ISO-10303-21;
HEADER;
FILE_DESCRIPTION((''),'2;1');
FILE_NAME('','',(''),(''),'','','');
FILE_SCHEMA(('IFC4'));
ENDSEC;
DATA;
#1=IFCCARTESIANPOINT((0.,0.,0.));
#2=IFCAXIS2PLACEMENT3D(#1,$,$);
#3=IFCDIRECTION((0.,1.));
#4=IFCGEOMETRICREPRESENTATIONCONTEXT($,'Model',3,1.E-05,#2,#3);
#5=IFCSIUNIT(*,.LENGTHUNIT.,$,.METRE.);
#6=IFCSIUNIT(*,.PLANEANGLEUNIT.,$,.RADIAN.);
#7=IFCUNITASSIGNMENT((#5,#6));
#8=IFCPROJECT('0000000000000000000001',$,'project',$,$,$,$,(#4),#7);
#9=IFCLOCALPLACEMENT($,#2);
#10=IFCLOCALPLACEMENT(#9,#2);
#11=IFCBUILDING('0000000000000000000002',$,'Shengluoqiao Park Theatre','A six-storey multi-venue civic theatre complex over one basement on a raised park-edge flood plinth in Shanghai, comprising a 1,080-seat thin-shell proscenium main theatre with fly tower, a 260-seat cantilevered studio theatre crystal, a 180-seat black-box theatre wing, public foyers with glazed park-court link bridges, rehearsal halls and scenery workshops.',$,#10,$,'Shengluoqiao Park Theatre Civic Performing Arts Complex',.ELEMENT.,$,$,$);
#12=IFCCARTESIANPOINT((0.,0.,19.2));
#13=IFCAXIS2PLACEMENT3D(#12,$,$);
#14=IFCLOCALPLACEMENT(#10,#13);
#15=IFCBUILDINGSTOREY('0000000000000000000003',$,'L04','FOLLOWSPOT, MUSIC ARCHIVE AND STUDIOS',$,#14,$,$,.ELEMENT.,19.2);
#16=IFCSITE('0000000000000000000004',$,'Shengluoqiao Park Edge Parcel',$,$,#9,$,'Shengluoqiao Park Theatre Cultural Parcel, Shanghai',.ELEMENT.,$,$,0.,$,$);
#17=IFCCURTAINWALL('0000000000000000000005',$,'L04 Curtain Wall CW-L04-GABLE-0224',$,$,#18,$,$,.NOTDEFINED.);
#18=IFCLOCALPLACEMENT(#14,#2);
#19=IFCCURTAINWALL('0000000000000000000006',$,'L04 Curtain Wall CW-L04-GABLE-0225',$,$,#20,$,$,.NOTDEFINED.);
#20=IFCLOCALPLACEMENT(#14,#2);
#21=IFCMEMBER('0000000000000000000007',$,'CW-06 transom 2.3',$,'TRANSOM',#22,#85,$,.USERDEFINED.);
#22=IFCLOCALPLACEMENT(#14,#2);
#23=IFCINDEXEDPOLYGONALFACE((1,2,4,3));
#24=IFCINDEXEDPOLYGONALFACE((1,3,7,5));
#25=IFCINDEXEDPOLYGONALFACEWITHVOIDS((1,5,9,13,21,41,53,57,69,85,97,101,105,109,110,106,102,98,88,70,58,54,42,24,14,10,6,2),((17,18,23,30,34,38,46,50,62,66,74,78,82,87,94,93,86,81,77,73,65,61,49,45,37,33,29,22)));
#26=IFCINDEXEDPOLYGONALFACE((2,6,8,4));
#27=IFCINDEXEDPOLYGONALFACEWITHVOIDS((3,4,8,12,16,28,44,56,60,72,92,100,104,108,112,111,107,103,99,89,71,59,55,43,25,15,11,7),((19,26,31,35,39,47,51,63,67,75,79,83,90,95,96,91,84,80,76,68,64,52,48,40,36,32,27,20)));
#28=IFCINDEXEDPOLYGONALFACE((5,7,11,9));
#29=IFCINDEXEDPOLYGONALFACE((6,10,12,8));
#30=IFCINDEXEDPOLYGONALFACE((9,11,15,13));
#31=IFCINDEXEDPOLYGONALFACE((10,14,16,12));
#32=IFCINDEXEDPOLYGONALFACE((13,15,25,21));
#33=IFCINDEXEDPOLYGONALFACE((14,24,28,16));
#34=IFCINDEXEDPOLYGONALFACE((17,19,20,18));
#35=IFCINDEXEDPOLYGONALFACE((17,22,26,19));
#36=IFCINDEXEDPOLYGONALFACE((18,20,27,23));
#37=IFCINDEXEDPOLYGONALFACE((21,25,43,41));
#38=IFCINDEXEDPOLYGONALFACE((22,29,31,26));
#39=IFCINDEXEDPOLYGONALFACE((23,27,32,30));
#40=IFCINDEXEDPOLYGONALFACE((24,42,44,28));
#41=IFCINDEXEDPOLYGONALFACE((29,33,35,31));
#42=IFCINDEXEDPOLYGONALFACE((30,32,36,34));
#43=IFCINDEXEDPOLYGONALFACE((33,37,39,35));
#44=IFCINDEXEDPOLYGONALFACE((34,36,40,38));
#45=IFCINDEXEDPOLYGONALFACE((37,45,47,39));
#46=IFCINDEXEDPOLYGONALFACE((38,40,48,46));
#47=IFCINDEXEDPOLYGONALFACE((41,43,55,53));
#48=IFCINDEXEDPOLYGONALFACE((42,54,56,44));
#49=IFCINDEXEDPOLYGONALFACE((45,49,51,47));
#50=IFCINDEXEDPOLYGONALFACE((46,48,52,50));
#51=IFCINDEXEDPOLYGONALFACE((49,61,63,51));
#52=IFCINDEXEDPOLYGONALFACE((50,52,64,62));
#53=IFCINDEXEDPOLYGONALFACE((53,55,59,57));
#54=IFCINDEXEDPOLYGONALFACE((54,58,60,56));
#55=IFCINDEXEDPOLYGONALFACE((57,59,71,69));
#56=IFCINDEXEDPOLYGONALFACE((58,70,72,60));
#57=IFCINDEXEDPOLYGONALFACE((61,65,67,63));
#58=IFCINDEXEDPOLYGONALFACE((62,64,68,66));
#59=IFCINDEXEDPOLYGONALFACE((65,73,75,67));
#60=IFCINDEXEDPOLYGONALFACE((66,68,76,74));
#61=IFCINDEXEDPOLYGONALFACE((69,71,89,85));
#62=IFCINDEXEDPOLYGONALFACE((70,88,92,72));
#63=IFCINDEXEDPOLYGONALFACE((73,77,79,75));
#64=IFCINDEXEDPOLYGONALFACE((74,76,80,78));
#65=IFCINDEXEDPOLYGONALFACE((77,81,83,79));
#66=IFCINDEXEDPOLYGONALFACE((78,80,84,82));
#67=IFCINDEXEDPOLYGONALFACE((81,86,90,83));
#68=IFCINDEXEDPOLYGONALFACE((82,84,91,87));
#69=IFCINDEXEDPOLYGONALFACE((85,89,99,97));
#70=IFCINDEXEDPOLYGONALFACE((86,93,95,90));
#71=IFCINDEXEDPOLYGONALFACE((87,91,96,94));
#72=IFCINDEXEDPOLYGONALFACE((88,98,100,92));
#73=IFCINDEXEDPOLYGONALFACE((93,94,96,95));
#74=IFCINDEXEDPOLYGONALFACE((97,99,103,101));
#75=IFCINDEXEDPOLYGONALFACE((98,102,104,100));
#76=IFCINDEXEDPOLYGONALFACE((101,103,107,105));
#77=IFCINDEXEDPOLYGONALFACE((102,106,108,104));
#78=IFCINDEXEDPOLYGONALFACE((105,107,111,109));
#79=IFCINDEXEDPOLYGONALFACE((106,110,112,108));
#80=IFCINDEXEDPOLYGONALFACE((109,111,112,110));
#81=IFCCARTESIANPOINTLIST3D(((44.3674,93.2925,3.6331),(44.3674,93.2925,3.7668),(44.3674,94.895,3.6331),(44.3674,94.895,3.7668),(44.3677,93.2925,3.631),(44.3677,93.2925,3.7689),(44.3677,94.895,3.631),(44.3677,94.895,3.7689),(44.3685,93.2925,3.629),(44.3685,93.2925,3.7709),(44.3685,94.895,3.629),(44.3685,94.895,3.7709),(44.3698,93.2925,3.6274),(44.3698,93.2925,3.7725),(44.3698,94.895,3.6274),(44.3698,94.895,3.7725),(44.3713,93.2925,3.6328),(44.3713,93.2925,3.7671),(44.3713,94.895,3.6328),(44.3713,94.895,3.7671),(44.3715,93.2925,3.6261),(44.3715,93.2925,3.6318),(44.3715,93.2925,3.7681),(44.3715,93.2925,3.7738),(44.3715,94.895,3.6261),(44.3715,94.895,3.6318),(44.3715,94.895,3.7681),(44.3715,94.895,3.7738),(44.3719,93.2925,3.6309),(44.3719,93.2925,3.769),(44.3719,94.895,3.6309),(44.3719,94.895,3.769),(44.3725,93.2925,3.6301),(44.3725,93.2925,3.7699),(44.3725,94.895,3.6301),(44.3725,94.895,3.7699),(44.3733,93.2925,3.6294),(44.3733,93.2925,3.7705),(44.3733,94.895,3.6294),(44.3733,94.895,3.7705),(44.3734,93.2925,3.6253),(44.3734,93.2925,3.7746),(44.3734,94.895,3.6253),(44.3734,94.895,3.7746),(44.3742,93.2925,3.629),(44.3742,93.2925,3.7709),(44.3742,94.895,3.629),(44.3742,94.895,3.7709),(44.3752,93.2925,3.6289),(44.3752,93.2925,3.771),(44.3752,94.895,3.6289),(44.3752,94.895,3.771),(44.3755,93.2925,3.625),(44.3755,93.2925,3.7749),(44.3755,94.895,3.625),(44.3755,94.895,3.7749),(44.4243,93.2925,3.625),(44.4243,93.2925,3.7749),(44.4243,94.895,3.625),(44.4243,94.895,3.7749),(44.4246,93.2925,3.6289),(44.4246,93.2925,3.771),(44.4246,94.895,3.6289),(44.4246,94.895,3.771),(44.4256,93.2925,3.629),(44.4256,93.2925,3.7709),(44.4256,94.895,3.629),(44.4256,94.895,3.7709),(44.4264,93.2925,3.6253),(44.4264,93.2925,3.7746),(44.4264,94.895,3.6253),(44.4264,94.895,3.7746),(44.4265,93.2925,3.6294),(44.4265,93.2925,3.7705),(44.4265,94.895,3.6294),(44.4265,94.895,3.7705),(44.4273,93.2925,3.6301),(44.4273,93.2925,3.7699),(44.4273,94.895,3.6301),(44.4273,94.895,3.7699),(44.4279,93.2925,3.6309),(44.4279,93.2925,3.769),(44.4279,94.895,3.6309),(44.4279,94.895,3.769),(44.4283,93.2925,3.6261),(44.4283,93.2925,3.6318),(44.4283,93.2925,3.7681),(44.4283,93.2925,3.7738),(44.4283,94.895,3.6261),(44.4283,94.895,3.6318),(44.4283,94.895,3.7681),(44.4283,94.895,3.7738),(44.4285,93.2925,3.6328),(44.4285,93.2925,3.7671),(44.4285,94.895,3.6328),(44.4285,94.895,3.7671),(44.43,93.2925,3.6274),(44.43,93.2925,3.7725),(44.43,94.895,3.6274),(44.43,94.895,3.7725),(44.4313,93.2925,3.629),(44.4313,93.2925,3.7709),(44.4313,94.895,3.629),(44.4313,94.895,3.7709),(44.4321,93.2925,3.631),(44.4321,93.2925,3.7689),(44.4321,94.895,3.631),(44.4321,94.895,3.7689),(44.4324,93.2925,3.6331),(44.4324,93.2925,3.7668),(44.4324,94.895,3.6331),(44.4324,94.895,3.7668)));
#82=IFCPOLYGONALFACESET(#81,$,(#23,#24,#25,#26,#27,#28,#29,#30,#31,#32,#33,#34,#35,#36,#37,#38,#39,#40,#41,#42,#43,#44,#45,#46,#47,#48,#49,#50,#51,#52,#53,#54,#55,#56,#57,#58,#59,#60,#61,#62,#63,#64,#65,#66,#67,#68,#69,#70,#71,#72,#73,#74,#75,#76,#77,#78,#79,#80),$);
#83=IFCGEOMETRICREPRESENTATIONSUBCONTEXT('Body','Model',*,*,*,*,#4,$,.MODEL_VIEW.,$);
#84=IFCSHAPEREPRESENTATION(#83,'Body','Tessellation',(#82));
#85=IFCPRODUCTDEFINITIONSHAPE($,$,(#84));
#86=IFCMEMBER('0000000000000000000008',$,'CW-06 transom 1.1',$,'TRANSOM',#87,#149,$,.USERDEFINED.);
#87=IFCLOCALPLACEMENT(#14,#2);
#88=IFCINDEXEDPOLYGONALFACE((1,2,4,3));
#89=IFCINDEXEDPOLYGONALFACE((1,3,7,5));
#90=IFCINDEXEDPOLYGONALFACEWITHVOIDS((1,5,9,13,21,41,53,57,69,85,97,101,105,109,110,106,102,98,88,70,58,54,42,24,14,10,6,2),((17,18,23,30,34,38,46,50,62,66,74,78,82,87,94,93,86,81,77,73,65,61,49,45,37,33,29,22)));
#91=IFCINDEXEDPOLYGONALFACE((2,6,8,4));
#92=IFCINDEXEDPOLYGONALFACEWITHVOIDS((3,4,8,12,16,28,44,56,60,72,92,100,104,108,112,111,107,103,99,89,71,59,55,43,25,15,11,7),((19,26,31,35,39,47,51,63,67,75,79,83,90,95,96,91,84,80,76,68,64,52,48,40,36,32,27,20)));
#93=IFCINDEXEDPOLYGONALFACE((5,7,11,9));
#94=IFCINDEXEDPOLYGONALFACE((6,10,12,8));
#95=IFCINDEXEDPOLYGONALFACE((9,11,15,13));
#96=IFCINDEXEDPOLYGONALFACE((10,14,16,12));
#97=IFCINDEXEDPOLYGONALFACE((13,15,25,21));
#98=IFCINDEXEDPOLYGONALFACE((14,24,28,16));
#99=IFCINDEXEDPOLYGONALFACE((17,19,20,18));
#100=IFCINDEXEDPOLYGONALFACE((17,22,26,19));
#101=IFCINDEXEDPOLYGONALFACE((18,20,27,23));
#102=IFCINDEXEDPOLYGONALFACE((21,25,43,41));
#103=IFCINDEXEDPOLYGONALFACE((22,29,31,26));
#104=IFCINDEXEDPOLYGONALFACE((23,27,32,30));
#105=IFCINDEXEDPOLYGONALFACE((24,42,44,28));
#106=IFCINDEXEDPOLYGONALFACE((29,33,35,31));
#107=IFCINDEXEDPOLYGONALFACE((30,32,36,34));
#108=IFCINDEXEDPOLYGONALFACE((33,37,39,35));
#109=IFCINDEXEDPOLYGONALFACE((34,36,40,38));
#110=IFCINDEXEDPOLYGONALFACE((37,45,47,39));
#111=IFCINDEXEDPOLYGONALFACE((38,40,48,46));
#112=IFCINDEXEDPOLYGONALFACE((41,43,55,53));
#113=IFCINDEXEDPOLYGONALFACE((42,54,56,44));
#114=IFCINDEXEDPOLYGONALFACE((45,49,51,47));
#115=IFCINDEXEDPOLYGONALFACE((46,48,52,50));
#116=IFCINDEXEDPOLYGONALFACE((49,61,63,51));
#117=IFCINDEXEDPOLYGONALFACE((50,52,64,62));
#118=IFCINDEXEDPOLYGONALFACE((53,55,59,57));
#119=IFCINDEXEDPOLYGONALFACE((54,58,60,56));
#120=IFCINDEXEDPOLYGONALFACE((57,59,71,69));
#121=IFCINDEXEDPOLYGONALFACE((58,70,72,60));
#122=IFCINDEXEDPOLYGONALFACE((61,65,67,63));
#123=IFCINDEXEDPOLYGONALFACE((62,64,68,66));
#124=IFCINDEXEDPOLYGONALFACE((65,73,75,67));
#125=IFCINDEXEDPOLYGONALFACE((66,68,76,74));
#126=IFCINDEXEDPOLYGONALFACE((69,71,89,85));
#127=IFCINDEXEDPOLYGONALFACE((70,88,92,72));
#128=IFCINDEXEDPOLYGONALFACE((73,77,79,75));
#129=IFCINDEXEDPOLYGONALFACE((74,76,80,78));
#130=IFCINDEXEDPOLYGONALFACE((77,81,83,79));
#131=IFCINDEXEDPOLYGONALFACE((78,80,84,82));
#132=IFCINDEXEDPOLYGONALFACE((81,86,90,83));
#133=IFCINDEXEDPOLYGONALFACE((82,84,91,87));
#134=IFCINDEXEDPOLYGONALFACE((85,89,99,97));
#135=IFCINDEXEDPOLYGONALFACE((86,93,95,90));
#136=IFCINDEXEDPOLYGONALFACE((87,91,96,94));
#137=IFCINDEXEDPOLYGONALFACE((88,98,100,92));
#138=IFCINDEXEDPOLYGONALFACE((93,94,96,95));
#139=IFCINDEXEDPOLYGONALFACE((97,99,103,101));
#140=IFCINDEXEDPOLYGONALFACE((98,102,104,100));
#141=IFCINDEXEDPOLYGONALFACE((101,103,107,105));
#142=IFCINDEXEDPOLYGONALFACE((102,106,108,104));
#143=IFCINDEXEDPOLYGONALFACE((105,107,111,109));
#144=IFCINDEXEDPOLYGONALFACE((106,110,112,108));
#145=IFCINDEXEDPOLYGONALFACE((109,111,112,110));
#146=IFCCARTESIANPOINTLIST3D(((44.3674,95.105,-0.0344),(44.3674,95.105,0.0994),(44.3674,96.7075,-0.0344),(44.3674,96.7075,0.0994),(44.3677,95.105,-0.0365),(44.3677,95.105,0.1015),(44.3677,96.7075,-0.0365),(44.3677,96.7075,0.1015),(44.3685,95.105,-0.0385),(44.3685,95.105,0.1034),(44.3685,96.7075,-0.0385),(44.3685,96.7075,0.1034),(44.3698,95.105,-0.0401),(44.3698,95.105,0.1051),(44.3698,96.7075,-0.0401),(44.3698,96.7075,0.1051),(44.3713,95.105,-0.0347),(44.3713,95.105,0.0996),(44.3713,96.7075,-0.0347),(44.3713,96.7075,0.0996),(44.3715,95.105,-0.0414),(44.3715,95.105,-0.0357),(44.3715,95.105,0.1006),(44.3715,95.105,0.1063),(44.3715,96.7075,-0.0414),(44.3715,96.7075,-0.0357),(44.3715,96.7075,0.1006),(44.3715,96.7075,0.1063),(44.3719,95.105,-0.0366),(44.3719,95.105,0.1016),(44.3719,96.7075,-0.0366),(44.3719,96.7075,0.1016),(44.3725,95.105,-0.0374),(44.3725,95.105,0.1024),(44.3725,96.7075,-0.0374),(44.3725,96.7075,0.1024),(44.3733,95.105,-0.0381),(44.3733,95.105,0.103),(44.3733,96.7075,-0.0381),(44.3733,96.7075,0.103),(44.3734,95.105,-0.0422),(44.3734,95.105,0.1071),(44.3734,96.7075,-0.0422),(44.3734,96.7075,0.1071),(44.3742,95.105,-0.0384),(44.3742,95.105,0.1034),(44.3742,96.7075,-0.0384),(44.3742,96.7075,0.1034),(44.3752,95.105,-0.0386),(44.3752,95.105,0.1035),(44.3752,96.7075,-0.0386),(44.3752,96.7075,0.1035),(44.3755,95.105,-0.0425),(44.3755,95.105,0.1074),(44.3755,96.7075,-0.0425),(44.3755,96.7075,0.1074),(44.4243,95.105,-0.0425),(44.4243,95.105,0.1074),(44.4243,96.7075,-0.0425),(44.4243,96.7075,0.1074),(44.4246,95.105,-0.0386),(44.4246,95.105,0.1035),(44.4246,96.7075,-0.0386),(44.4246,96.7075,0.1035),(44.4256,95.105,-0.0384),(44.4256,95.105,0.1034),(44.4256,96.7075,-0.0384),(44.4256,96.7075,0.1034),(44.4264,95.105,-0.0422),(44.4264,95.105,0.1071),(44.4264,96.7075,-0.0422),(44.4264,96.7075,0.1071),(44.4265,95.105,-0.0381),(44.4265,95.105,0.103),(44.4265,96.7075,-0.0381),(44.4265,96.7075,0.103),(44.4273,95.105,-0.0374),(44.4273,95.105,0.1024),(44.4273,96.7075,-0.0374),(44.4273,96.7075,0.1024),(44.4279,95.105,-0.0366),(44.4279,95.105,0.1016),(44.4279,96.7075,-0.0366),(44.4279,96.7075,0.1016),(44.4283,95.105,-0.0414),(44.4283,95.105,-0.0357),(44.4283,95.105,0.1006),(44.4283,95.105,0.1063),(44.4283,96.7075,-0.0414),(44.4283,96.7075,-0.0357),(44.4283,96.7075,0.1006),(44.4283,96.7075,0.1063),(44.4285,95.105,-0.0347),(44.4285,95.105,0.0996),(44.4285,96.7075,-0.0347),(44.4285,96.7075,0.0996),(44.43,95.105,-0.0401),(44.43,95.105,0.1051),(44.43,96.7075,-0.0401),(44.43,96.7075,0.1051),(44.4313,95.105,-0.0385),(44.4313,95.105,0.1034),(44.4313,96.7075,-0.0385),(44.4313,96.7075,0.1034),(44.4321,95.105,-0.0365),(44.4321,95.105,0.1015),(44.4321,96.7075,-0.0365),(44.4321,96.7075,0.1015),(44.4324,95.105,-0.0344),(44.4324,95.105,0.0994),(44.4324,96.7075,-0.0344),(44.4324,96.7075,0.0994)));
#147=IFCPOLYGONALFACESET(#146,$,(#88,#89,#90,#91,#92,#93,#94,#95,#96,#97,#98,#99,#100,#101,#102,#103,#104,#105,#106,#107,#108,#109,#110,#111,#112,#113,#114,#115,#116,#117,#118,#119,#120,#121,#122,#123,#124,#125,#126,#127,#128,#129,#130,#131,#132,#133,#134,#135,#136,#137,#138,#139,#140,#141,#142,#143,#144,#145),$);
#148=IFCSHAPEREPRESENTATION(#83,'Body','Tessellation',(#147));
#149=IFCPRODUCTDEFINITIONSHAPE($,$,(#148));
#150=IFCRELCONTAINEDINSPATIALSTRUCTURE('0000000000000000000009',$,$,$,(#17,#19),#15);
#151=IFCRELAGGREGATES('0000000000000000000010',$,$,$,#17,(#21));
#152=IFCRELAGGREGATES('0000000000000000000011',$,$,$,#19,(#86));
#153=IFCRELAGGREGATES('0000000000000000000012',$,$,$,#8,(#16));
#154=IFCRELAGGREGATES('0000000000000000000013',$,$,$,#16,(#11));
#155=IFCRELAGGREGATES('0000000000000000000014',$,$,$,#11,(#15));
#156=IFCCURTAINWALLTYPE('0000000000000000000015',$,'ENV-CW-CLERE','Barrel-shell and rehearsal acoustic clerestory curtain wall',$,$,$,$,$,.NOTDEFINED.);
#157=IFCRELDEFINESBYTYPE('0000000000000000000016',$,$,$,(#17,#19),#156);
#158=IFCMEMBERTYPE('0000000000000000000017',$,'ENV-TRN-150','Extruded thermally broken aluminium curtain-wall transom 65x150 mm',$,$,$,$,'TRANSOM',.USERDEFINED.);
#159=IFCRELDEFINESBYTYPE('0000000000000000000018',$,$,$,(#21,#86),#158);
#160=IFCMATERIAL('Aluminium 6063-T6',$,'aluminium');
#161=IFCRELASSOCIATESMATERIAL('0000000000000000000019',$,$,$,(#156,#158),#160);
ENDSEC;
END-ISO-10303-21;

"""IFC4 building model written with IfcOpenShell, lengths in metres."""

from ifc_helpers import new_model, si_unit, direction, frame, origin, origin_2d, place, context, subcontext, project, spatial, hollow_rectangle, extrude, material, material_profile, profile_set, type_object, element, aggregate, save


model = new_model("IFC4")

# Units and contexts
model_context = context("Model", 3, precision=1e-05, world=origin(), true_north=direction((0.0, 1.0)))
body_context = subcontext(model_context, "Body", "Model", "MODEL_VIEW")
ifc_project = project(units=[si_unit("LENGTHUNIT", "METRE"), si_unit("PLANEANGLEUNIT", "RADIAN")], contexts=[model_context])

# Site, building, storey
site_placement = place(None, origin())
site = spatial("IfcSite", under=ifc_project, at=site_placement, Name="Shengluoqiao Park Edge Parcel", LongName="Shengluoqiao Park Theatre Cultural Parcel, Shanghai", CompositionType="ELEMENT", RefElevation=0.0)
building_placement = place(site_placement, origin())
building = spatial("IfcBuilding", under=site, at=building_placement, Name="Shengluoqiao Park Theatre", Description="A six-storey multi-venue civic theatre complex over one basement on a raised park-edge flood plinth in Shanghai, comprising a 1,080-seat thin-shell proscenium main theatre with fly tower, a 260-seat cantilevered studio theatre crystal, a 180-seat black-box theatre wing, public foyers with glazed park-court link bridges, rehearsal halls and scenery workshops.", LongName="Shengluoqiao Park Theatre Civic Performing Arts Complex", CompositionType="ELEMENT")
storey_placement = place(building_placement, frame((0.0, 0.0, 19.2)))
storey = spatial("IfcBuildingStorey", under=building, at=storey_placement, Name="L04", Description="FOLLOWSPOT, MUSIC ARCHIVE AND STUDIOS", CompositionType="ELEMENT", Elevation=19.2)

# Curtain walls
ifc_material_1 = material(Name="Aluminium 6063-T6", Category="aluminium")
curtain_wall_type = type_object("IfcCurtainWallType", Name="ENV-CW-CLERE", Description="Barrel-shell and rehearsal acoustic clerestory curtain wall", PredefinedType="NOTDEFINED", material=ifc_material_1)
curtain_wall_1_placement = place(storey_placement, origin())
curtain_wall_1 = element("IfcCurtainWall", 1, at=curtain_wall_1_placement, inside=storey, type_object=curtain_wall_type, Name="L04 Curtain Wall CW-L04-GABLE-0224", PredefinedType="NOTDEFINED")
curtain_wall_2_placement = place(storey_placement, origin())
curtain_wall_2 = element("IfcCurtainWall", 2, at=curtain_wall_2_placement, inside=storey, type_object=curtain_wall_type, Name="L04 Curtain Wall CW-L04-GABLE-0225", PredefinedType="NOTDEFINED")

# Members
ifc_material_profile_1 = material_profile(ifc_material_1, hollow_rectangle(XDim=0.0649, YDim=0.1499, WallThickness=0.0039, InnerFilletRadius=0.0039, OuterFilletRadius=0.0081, at=origin_2d()), Name="ALU TRANSOM 150x65x4")
ifc_profile_set_1 = profile_set([ifc_material_profile_1], Name="Aluminium 6063-T6")
member_type_1 = type_object("IfcMemberType", Name="ENV-TRN-150", Description="Extruded thermally broken aluminium curtain-wall transom 65x150 mm", ElementType="TRANSOM", PredefinedType="USERDEFINED", material=ifc_profile_set_1)
member_1_placement = place(storey_placement, frame((44.3999, 93.2925, 3.7), z_axis=(0.0, 1.0, 0.0), x_axis=(-1.0, 0.0, 0.0)))
member_1 = element("IfcMember", 3, at=member_1_placement, type_object=member_type_1, Name="CW-06 transom 2.3", ObjectType="TRANSOM", PredefinedType="USERDEFINED", context=body_context, shape_type="SweptSolid", body=[
    extrude(hollow_rectangle(XDim=0.0649, YDim=0.1499, WallThickness=0.0039, InnerFilletRadius=0.0039, OuterFilletRadius=0.0081, at=origin_2d()), origin(), (0.0, 0.0, 1.0), 1.6025),
])
member_2_placement = place(storey_placement, frame((44.3999, 95.105, 0.0325), z_axis=(0.0, 1.0, 0.0), x_axis=(-1.0, 0.0, 0.0)))
member_2 = element("IfcMember", 4, at=member_2_placement, type_object=member_type_1, Name="CW-06 transom 1.1", ObjectType="TRANSOM", PredefinedType="USERDEFINED", context=body_context, shape_type="SweptSolid", body=[
    extrude(hollow_rectangle(XDim=0.0649, YDim=0.1499, WallThickness=0.0039, InnerFilletRadius=0.0039, OuterFilletRadius=0.0081, at=origin_2d()), origin(), (0.0, 0.0, 1.0), 1.6025),
])

aggregate(curtain_wall_1, [member_1])
aggregate(curtain_wall_2, [member_2])

save(model, "model.ifc")
